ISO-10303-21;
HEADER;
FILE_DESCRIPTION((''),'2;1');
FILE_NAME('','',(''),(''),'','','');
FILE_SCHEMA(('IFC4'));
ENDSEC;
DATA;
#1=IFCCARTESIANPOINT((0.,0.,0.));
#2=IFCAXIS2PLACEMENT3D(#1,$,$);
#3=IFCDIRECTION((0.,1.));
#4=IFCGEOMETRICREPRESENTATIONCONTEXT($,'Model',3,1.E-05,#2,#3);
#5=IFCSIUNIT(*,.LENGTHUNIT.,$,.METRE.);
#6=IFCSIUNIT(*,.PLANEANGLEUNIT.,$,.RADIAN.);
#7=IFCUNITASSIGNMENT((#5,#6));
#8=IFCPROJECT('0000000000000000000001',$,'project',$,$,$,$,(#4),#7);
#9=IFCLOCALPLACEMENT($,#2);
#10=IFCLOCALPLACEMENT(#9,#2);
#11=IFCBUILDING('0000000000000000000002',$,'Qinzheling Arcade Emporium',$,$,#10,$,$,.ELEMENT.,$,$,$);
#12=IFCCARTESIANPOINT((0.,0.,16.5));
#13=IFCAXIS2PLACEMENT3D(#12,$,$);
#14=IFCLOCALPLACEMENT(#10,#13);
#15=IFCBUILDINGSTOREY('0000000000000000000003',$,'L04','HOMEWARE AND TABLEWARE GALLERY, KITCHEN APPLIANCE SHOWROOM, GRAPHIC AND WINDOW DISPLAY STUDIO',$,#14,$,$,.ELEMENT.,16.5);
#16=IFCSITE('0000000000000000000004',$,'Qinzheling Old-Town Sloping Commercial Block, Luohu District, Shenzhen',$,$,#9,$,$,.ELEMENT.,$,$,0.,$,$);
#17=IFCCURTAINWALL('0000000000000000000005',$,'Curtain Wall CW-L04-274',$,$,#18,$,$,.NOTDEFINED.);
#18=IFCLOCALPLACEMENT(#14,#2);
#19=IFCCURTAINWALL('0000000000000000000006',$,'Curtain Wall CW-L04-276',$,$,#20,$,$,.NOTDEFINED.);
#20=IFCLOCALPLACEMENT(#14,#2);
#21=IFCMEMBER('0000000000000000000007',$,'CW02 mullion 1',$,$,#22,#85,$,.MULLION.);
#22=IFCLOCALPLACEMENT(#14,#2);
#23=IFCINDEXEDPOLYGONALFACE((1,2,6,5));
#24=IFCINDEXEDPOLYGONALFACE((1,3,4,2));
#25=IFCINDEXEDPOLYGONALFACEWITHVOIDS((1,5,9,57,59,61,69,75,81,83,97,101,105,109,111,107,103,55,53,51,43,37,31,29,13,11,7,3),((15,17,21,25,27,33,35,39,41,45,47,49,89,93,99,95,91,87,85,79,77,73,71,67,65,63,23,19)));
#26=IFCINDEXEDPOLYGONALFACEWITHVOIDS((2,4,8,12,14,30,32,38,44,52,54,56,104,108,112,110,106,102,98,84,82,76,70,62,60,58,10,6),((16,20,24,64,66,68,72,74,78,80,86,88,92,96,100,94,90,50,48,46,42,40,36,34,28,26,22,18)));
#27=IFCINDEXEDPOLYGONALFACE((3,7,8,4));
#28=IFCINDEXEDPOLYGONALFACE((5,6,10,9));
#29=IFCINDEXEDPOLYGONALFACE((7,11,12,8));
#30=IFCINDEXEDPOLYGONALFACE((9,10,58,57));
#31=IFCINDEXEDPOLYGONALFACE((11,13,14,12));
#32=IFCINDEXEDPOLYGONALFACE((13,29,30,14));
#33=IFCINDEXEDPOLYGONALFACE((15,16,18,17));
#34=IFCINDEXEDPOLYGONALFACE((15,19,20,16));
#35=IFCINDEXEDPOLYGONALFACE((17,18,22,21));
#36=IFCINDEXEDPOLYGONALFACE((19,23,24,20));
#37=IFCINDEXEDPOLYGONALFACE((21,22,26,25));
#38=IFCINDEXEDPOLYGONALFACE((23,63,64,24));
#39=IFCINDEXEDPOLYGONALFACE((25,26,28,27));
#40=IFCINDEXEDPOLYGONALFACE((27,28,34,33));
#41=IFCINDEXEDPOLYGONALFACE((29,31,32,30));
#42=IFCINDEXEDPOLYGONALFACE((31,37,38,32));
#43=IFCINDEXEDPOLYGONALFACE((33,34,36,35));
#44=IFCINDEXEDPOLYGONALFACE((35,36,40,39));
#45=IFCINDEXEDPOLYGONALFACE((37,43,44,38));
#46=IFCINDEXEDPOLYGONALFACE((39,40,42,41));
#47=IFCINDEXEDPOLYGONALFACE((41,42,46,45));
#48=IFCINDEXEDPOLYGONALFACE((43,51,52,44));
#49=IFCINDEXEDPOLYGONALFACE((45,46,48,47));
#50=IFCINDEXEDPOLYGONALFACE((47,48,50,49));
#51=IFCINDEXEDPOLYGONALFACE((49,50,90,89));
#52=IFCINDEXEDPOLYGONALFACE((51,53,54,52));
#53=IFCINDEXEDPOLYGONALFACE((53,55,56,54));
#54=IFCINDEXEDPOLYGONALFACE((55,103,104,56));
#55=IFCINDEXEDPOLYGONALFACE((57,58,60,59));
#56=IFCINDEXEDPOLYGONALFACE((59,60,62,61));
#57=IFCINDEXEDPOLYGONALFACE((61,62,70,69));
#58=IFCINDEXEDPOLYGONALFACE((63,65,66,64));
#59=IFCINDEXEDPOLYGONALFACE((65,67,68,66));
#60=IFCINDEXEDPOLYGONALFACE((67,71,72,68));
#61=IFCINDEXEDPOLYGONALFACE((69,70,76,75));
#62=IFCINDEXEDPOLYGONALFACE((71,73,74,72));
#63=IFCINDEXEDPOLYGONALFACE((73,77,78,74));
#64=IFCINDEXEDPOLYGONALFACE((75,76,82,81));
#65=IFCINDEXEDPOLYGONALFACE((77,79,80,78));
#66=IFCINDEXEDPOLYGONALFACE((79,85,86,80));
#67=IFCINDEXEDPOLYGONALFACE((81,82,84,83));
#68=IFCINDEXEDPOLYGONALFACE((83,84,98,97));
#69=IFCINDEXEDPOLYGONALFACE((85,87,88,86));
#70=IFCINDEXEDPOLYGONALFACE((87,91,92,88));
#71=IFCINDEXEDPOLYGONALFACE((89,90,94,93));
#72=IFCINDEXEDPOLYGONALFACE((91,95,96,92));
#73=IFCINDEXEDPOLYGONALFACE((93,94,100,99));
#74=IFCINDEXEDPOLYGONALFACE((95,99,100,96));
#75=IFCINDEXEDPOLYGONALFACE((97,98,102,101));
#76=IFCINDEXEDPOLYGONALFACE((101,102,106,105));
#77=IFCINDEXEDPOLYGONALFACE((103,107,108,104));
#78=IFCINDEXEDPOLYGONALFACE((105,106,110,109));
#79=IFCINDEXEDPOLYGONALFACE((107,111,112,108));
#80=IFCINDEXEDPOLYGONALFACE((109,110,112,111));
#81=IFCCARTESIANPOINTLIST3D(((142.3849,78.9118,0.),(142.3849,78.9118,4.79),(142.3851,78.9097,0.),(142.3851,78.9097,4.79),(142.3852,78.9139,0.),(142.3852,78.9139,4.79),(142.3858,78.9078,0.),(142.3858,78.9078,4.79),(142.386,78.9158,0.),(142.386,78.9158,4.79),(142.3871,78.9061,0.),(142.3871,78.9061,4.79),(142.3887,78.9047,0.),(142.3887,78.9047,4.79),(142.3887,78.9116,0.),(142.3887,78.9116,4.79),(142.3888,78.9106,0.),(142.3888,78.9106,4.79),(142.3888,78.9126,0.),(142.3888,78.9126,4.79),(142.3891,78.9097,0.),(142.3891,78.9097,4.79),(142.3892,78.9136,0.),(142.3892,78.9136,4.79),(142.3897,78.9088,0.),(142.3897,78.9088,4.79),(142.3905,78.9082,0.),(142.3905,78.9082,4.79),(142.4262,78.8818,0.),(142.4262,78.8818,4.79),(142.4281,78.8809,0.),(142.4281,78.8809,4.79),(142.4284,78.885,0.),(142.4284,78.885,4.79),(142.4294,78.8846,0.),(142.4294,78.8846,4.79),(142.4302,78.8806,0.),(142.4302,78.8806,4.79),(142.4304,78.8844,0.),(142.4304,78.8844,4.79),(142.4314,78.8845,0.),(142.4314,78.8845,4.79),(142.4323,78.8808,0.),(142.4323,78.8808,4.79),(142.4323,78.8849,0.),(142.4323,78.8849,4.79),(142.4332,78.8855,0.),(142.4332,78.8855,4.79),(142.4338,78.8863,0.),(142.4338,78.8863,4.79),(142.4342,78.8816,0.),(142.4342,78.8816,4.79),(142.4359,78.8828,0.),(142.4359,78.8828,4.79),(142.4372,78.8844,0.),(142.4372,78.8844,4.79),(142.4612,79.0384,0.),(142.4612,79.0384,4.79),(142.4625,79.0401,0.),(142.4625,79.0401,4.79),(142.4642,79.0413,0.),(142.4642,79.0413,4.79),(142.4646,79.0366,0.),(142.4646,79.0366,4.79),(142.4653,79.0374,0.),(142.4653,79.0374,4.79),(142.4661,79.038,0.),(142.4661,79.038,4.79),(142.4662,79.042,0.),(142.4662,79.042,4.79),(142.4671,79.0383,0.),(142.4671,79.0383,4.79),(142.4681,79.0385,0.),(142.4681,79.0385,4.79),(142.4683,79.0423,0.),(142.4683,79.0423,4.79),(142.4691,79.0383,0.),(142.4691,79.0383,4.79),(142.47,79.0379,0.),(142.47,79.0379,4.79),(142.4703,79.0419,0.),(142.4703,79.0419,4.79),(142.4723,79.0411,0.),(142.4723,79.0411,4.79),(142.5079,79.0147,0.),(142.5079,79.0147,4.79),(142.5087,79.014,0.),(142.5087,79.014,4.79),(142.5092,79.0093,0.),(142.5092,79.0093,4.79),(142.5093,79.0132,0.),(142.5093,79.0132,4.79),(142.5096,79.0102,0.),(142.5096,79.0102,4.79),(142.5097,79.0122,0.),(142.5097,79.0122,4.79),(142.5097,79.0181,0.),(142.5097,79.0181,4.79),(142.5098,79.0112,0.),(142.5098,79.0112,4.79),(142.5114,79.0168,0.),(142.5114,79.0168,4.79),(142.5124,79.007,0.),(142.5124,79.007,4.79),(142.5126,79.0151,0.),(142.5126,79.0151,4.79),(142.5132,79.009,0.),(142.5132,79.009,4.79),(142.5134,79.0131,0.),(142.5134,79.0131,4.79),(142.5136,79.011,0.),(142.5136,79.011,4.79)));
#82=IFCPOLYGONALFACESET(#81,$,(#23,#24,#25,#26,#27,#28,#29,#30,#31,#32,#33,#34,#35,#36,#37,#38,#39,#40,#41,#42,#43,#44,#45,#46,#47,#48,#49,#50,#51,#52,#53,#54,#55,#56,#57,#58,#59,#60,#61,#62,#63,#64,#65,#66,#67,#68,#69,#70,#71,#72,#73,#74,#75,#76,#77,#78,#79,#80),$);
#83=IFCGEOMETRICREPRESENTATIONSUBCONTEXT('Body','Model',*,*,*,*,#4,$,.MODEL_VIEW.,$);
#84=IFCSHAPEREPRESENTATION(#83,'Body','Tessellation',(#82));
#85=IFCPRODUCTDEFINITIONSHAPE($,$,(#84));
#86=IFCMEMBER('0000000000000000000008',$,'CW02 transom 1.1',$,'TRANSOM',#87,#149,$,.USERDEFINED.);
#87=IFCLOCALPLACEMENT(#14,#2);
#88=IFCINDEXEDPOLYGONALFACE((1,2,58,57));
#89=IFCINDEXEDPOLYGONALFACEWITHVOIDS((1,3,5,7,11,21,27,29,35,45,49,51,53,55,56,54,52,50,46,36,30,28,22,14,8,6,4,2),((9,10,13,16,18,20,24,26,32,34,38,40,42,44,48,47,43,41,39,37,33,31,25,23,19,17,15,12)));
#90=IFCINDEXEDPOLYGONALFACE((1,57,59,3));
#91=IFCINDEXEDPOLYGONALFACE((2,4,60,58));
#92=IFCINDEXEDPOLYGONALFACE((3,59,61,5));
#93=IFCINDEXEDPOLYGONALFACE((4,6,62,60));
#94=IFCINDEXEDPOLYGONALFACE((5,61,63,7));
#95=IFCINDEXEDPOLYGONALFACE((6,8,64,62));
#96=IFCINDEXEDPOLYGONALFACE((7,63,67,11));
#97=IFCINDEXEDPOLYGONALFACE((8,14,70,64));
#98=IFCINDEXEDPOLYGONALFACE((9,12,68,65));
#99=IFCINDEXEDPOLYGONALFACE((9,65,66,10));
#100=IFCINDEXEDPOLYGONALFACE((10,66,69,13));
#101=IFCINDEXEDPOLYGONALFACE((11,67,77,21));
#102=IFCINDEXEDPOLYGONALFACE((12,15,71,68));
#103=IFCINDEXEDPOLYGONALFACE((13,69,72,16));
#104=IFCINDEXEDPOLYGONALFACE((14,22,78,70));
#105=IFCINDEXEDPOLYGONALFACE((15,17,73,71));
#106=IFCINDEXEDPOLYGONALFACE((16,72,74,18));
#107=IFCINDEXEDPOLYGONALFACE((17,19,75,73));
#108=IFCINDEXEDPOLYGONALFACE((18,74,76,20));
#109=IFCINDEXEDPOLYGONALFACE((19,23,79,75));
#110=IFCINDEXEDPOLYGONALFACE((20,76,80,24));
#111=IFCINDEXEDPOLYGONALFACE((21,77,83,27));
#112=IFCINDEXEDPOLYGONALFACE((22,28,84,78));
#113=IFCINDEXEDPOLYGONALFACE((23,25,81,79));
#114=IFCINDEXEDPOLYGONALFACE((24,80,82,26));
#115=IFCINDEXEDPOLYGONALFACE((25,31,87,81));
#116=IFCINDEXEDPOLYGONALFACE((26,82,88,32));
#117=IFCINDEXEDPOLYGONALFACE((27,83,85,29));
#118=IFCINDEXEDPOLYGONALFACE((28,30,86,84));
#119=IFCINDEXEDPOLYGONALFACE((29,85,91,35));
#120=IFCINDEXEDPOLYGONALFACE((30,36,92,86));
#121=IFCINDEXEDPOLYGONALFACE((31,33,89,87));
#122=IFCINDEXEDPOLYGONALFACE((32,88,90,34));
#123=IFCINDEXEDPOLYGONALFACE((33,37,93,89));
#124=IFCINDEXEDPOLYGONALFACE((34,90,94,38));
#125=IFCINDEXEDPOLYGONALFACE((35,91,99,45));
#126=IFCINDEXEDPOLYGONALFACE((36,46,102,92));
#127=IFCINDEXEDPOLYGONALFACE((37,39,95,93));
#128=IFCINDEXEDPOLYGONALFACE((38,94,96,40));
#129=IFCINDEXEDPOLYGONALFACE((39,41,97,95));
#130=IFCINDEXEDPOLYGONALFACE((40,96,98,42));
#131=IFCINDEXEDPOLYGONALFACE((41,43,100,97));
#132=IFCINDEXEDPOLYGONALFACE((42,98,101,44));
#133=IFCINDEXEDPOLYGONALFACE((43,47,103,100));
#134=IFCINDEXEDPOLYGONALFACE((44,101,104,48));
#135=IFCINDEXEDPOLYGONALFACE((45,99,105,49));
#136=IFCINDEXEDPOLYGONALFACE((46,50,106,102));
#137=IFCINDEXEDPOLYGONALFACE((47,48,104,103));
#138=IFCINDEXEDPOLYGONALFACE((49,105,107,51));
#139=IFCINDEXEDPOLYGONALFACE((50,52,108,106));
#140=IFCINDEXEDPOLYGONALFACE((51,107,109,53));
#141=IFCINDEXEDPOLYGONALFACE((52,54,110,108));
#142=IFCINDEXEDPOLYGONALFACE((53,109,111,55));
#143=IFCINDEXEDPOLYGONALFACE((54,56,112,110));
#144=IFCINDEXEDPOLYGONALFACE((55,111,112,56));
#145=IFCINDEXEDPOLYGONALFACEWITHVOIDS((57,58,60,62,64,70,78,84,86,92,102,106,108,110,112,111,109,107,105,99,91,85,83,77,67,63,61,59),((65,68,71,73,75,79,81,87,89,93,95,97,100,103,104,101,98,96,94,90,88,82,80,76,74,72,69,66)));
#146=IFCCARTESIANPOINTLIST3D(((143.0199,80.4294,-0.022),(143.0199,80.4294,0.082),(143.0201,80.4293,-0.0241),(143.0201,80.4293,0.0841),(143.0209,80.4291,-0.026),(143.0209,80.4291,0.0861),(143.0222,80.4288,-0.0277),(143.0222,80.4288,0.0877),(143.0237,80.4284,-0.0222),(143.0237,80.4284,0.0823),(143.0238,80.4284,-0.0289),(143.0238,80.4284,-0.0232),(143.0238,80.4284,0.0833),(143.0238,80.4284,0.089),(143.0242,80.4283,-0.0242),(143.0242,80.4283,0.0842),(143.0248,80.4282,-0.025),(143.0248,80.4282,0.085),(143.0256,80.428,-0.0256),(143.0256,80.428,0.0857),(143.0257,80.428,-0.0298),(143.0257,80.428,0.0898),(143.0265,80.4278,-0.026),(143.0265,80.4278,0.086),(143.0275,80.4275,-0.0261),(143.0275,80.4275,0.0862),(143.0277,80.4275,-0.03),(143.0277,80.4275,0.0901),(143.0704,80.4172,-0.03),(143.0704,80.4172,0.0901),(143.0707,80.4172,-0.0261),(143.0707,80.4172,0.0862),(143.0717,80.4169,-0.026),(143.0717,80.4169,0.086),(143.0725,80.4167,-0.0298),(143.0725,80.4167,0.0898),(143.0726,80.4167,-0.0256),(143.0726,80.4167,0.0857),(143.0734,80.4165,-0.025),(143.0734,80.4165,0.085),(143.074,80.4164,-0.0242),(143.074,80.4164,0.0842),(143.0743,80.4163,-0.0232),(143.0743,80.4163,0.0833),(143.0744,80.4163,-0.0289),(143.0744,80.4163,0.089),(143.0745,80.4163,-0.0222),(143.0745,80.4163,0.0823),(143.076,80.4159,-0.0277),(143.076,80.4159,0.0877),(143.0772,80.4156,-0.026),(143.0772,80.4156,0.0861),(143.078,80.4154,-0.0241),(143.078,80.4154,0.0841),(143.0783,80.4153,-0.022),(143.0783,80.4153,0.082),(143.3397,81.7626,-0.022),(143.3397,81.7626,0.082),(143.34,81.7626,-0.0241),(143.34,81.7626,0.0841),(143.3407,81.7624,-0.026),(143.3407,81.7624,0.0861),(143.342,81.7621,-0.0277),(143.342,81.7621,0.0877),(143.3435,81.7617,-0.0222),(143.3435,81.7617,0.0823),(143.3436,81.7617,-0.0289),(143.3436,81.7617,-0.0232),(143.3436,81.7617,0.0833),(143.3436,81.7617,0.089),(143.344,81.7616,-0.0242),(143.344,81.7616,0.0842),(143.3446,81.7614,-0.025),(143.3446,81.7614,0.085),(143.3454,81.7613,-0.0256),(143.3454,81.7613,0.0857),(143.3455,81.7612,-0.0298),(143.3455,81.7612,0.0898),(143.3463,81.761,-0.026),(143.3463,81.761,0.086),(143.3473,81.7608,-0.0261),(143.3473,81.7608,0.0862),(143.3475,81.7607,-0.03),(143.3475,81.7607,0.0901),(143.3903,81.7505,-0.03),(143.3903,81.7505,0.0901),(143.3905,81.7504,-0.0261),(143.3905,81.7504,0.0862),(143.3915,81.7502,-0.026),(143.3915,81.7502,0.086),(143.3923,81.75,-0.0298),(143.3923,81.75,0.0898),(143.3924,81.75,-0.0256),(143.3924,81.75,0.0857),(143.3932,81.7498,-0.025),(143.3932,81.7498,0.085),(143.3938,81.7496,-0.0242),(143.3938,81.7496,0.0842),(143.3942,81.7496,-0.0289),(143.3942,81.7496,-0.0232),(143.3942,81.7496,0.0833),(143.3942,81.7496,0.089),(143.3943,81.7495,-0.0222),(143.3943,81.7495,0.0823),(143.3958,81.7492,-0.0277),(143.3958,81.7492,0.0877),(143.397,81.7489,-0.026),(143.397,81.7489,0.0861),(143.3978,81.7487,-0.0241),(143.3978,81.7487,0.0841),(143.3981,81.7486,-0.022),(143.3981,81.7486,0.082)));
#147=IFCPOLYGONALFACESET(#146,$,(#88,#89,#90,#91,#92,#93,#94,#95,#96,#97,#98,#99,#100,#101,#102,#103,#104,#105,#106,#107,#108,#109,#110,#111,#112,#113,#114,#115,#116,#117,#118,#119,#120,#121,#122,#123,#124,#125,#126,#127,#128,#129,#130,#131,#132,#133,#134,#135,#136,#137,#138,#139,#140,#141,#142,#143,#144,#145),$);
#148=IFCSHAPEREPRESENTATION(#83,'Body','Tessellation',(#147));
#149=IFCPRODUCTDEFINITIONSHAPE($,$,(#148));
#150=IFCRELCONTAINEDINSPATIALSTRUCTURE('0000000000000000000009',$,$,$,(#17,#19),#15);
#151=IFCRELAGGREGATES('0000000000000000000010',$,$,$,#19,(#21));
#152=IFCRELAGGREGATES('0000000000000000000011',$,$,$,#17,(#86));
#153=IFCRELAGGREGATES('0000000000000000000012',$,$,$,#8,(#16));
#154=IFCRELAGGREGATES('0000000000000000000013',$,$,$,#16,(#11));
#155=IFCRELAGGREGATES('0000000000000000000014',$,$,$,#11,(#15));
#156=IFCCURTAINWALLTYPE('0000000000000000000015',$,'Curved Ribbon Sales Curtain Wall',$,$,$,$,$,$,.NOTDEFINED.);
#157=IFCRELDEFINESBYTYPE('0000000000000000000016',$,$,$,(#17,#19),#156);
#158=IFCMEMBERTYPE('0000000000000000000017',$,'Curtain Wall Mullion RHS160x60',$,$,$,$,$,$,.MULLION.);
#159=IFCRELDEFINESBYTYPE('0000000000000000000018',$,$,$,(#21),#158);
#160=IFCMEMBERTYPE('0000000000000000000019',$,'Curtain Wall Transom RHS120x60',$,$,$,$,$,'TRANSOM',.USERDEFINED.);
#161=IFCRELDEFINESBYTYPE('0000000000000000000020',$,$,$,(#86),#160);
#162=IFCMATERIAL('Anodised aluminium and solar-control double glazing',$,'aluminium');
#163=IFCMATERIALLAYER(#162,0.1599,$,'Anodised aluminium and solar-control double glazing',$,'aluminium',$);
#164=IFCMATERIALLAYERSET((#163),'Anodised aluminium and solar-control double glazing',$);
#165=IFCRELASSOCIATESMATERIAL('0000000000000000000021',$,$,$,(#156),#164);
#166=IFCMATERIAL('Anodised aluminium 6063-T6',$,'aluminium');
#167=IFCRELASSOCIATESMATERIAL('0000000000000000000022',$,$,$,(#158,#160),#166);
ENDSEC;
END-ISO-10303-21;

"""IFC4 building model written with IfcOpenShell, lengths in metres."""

from ifc_helpers import new_model, si_unit, direction, frame, origin, origin_2d, place, context, subcontext, project, spatial, hollow_rectangle, extrude, material, layer, layer_set, material_profile, profile_set, type_object, element, aggregate, save


model = new_model("IFC4")

# Units and contexts
model_context = context("Model", 3, precision=1e-05, world=origin(), true_north=direction((0.0, 1.0)))
body_context = subcontext(model_context, "Body", "Model", "MODEL_VIEW")
ifc_project = project(units=[si_unit("LENGTHUNIT", "METRE"), si_unit("PLANEANGLEUNIT", "RADIAN")], contexts=[model_context])

# Site, building, storey
site_placement = place(None, origin())
site = spatial("IfcSite", under=ifc_project, at=site_placement, Name="Qinzheling Old-Town Sloping Commercial Block, Luohu District, Shenzhen", CompositionType="ELEMENT", RefElevation=0.0)
building_placement = place(site_placement, origin())
building = spatial("IfcBuilding", under=site, at=building_placement, Name="Qinzheling Arcade Emporium", CompositionType="ELEMENT")
storey_placement = place(building_placement, frame((0.0, 0.0, 16.5)))
storey = spatial("IfcBuildingStorey", under=building, at=storey_placement, Name="L04", Description="HOMEWARE AND TABLEWARE GALLERY, KITCHEN APPLIANCE SHOWROOM, GRAPHIC AND WINDOW DISPLAY STUDIO", CompositionType="ELEMENT", Elevation=16.5)

# Curtain wall
ifc_material_1 = material(Name="Anodised aluminium and solar-control double glazing", Category="aluminium")
ifc_layer_1 = layer(ifc_material_1, 0.1599, Name="Anodised aluminium and solar-control double glazing", Category="aluminium")
ifc_layer_set_1 = layer_set([ifc_layer_1], Name="Anodised aluminium and solar-control double glazing")
curtain_wall_type = type_object("IfcCurtainWallType", Name="Curved Ribbon Sales Curtain Wall", PredefinedType="NOTDEFINED", material=ifc_layer_set_1)
curtain_wall_1_placement = place(storey_placement, origin())
curtain_wall_1 = element("IfcCurtainWall", 1, at=curtain_wall_1_placement, inside=storey, type_object=curtain_wall_type, Name="Curtain Wall CW-L04-274", PredefinedType="NOTDEFINED")
ifc_material_2 = material(Name="Anodised aluminium 6063-T6", Category="aluminium")
ifc_material_profile_1 = material_profile(ifc_material_2, hollow_rectangle(XDim=0.0601, YDim=0.1599, WallThickness=0.0039, InnerFilletRadius=0.0039, OuterFilletRadius=0.0081, at=origin_2d()), Name="RHS 160x60x4", Category="aluminium")
ifc_profile_set_1 = profile_set([ifc_material_profile_1], Name="Anodised aluminium 6063-T6")
member_type_1 = type_object("IfcMemberType", Name="Curtain Wall Mullion RHS160x60", PredefinedType="MULLION", material=ifc_profile_set_1)

# Curtain wall, member
curtain_wall_2_placement = place(storey_placement, origin())
curtain_wall_2 = element("IfcCurtainWall", 2, at=curtain_wall_2_placement, inside=storey, type_object=curtain_wall_type, Name="Curtain Wall CW-L04-276", PredefinedType="NOTDEFINED")
member_1_placement = place(storey_placement, frame((142.4492, 78.9614, 0.0), z_axis=(0.0, 0.0, 1.0), x_axis=(0.852601, -0.522562, 0.0)))
member_1 = element("IfcMember", 3, at=member_1_placement, type_object=member_type_1, Name="CW02 mullion 1", PredefinedType="MULLION", context=body_context, shape_type="SweptSolid", body=[
    extrude(hollow_rectangle(XDim=0.0601, YDim=0.1599, WallThickness=0.0039, InnerFilletRadius=0.0039, OuterFilletRadius=0.0081, at=origin_2d()), origin(), (0.0, 0.0, 1.0), 4.79),
])
aggregate(curtain_wall_2, [member_1])

# Member
ifc_material_profile_2 = material_profile(ifc_material_2, hollow_rectangle(XDim=0.0601, YDim=0.1201, WallThickness=0.0039, InnerFilletRadius=0.0039, OuterFilletRadius=0.0081, at=origin_2d()), Name="RHS 120x60x4", Category="aluminium")
ifc_profile_set_2 = profile_set([ifc_material_profile_2], Name="Anodised aluminium 6063-T6")
member_type_2 = type_object("IfcMemberType", Name="Curtain Wall Transom RHS120x60", ElementType="TRANSOM", PredefinedType="USERDEFINED", material=ifc_profile_set_2)
member_2_placement = place(storey_placement, frame((143.3689, 81.7556, 0.03), z_axis=(-0.233265, -0.972413, 0.0), x_axis=(0.972413, -0.233265, 0.0)))
member_2 = element("IfcMember", 4, at=member_2_placement, type_object=member_type_2, Name="CW02 transom 1.1", ObjectType="TRANSOM", PredefinedType="USERDEFINED", context=body_context, shape_type="SweptSolid", body=[
    extrude(hollow_rectangle(XDim=0.0601, YDim=0.1201, WallThickness=0.0039, InnerFilletRadius=0.0039, OuterFilletRadius=0.0081, at=origin_2d()), origin(), (0.0, 0.0, 1.0), 1.3711),
])

aggregate(curtain_wall_1, [member_2])

save(model, "model.ifc")
